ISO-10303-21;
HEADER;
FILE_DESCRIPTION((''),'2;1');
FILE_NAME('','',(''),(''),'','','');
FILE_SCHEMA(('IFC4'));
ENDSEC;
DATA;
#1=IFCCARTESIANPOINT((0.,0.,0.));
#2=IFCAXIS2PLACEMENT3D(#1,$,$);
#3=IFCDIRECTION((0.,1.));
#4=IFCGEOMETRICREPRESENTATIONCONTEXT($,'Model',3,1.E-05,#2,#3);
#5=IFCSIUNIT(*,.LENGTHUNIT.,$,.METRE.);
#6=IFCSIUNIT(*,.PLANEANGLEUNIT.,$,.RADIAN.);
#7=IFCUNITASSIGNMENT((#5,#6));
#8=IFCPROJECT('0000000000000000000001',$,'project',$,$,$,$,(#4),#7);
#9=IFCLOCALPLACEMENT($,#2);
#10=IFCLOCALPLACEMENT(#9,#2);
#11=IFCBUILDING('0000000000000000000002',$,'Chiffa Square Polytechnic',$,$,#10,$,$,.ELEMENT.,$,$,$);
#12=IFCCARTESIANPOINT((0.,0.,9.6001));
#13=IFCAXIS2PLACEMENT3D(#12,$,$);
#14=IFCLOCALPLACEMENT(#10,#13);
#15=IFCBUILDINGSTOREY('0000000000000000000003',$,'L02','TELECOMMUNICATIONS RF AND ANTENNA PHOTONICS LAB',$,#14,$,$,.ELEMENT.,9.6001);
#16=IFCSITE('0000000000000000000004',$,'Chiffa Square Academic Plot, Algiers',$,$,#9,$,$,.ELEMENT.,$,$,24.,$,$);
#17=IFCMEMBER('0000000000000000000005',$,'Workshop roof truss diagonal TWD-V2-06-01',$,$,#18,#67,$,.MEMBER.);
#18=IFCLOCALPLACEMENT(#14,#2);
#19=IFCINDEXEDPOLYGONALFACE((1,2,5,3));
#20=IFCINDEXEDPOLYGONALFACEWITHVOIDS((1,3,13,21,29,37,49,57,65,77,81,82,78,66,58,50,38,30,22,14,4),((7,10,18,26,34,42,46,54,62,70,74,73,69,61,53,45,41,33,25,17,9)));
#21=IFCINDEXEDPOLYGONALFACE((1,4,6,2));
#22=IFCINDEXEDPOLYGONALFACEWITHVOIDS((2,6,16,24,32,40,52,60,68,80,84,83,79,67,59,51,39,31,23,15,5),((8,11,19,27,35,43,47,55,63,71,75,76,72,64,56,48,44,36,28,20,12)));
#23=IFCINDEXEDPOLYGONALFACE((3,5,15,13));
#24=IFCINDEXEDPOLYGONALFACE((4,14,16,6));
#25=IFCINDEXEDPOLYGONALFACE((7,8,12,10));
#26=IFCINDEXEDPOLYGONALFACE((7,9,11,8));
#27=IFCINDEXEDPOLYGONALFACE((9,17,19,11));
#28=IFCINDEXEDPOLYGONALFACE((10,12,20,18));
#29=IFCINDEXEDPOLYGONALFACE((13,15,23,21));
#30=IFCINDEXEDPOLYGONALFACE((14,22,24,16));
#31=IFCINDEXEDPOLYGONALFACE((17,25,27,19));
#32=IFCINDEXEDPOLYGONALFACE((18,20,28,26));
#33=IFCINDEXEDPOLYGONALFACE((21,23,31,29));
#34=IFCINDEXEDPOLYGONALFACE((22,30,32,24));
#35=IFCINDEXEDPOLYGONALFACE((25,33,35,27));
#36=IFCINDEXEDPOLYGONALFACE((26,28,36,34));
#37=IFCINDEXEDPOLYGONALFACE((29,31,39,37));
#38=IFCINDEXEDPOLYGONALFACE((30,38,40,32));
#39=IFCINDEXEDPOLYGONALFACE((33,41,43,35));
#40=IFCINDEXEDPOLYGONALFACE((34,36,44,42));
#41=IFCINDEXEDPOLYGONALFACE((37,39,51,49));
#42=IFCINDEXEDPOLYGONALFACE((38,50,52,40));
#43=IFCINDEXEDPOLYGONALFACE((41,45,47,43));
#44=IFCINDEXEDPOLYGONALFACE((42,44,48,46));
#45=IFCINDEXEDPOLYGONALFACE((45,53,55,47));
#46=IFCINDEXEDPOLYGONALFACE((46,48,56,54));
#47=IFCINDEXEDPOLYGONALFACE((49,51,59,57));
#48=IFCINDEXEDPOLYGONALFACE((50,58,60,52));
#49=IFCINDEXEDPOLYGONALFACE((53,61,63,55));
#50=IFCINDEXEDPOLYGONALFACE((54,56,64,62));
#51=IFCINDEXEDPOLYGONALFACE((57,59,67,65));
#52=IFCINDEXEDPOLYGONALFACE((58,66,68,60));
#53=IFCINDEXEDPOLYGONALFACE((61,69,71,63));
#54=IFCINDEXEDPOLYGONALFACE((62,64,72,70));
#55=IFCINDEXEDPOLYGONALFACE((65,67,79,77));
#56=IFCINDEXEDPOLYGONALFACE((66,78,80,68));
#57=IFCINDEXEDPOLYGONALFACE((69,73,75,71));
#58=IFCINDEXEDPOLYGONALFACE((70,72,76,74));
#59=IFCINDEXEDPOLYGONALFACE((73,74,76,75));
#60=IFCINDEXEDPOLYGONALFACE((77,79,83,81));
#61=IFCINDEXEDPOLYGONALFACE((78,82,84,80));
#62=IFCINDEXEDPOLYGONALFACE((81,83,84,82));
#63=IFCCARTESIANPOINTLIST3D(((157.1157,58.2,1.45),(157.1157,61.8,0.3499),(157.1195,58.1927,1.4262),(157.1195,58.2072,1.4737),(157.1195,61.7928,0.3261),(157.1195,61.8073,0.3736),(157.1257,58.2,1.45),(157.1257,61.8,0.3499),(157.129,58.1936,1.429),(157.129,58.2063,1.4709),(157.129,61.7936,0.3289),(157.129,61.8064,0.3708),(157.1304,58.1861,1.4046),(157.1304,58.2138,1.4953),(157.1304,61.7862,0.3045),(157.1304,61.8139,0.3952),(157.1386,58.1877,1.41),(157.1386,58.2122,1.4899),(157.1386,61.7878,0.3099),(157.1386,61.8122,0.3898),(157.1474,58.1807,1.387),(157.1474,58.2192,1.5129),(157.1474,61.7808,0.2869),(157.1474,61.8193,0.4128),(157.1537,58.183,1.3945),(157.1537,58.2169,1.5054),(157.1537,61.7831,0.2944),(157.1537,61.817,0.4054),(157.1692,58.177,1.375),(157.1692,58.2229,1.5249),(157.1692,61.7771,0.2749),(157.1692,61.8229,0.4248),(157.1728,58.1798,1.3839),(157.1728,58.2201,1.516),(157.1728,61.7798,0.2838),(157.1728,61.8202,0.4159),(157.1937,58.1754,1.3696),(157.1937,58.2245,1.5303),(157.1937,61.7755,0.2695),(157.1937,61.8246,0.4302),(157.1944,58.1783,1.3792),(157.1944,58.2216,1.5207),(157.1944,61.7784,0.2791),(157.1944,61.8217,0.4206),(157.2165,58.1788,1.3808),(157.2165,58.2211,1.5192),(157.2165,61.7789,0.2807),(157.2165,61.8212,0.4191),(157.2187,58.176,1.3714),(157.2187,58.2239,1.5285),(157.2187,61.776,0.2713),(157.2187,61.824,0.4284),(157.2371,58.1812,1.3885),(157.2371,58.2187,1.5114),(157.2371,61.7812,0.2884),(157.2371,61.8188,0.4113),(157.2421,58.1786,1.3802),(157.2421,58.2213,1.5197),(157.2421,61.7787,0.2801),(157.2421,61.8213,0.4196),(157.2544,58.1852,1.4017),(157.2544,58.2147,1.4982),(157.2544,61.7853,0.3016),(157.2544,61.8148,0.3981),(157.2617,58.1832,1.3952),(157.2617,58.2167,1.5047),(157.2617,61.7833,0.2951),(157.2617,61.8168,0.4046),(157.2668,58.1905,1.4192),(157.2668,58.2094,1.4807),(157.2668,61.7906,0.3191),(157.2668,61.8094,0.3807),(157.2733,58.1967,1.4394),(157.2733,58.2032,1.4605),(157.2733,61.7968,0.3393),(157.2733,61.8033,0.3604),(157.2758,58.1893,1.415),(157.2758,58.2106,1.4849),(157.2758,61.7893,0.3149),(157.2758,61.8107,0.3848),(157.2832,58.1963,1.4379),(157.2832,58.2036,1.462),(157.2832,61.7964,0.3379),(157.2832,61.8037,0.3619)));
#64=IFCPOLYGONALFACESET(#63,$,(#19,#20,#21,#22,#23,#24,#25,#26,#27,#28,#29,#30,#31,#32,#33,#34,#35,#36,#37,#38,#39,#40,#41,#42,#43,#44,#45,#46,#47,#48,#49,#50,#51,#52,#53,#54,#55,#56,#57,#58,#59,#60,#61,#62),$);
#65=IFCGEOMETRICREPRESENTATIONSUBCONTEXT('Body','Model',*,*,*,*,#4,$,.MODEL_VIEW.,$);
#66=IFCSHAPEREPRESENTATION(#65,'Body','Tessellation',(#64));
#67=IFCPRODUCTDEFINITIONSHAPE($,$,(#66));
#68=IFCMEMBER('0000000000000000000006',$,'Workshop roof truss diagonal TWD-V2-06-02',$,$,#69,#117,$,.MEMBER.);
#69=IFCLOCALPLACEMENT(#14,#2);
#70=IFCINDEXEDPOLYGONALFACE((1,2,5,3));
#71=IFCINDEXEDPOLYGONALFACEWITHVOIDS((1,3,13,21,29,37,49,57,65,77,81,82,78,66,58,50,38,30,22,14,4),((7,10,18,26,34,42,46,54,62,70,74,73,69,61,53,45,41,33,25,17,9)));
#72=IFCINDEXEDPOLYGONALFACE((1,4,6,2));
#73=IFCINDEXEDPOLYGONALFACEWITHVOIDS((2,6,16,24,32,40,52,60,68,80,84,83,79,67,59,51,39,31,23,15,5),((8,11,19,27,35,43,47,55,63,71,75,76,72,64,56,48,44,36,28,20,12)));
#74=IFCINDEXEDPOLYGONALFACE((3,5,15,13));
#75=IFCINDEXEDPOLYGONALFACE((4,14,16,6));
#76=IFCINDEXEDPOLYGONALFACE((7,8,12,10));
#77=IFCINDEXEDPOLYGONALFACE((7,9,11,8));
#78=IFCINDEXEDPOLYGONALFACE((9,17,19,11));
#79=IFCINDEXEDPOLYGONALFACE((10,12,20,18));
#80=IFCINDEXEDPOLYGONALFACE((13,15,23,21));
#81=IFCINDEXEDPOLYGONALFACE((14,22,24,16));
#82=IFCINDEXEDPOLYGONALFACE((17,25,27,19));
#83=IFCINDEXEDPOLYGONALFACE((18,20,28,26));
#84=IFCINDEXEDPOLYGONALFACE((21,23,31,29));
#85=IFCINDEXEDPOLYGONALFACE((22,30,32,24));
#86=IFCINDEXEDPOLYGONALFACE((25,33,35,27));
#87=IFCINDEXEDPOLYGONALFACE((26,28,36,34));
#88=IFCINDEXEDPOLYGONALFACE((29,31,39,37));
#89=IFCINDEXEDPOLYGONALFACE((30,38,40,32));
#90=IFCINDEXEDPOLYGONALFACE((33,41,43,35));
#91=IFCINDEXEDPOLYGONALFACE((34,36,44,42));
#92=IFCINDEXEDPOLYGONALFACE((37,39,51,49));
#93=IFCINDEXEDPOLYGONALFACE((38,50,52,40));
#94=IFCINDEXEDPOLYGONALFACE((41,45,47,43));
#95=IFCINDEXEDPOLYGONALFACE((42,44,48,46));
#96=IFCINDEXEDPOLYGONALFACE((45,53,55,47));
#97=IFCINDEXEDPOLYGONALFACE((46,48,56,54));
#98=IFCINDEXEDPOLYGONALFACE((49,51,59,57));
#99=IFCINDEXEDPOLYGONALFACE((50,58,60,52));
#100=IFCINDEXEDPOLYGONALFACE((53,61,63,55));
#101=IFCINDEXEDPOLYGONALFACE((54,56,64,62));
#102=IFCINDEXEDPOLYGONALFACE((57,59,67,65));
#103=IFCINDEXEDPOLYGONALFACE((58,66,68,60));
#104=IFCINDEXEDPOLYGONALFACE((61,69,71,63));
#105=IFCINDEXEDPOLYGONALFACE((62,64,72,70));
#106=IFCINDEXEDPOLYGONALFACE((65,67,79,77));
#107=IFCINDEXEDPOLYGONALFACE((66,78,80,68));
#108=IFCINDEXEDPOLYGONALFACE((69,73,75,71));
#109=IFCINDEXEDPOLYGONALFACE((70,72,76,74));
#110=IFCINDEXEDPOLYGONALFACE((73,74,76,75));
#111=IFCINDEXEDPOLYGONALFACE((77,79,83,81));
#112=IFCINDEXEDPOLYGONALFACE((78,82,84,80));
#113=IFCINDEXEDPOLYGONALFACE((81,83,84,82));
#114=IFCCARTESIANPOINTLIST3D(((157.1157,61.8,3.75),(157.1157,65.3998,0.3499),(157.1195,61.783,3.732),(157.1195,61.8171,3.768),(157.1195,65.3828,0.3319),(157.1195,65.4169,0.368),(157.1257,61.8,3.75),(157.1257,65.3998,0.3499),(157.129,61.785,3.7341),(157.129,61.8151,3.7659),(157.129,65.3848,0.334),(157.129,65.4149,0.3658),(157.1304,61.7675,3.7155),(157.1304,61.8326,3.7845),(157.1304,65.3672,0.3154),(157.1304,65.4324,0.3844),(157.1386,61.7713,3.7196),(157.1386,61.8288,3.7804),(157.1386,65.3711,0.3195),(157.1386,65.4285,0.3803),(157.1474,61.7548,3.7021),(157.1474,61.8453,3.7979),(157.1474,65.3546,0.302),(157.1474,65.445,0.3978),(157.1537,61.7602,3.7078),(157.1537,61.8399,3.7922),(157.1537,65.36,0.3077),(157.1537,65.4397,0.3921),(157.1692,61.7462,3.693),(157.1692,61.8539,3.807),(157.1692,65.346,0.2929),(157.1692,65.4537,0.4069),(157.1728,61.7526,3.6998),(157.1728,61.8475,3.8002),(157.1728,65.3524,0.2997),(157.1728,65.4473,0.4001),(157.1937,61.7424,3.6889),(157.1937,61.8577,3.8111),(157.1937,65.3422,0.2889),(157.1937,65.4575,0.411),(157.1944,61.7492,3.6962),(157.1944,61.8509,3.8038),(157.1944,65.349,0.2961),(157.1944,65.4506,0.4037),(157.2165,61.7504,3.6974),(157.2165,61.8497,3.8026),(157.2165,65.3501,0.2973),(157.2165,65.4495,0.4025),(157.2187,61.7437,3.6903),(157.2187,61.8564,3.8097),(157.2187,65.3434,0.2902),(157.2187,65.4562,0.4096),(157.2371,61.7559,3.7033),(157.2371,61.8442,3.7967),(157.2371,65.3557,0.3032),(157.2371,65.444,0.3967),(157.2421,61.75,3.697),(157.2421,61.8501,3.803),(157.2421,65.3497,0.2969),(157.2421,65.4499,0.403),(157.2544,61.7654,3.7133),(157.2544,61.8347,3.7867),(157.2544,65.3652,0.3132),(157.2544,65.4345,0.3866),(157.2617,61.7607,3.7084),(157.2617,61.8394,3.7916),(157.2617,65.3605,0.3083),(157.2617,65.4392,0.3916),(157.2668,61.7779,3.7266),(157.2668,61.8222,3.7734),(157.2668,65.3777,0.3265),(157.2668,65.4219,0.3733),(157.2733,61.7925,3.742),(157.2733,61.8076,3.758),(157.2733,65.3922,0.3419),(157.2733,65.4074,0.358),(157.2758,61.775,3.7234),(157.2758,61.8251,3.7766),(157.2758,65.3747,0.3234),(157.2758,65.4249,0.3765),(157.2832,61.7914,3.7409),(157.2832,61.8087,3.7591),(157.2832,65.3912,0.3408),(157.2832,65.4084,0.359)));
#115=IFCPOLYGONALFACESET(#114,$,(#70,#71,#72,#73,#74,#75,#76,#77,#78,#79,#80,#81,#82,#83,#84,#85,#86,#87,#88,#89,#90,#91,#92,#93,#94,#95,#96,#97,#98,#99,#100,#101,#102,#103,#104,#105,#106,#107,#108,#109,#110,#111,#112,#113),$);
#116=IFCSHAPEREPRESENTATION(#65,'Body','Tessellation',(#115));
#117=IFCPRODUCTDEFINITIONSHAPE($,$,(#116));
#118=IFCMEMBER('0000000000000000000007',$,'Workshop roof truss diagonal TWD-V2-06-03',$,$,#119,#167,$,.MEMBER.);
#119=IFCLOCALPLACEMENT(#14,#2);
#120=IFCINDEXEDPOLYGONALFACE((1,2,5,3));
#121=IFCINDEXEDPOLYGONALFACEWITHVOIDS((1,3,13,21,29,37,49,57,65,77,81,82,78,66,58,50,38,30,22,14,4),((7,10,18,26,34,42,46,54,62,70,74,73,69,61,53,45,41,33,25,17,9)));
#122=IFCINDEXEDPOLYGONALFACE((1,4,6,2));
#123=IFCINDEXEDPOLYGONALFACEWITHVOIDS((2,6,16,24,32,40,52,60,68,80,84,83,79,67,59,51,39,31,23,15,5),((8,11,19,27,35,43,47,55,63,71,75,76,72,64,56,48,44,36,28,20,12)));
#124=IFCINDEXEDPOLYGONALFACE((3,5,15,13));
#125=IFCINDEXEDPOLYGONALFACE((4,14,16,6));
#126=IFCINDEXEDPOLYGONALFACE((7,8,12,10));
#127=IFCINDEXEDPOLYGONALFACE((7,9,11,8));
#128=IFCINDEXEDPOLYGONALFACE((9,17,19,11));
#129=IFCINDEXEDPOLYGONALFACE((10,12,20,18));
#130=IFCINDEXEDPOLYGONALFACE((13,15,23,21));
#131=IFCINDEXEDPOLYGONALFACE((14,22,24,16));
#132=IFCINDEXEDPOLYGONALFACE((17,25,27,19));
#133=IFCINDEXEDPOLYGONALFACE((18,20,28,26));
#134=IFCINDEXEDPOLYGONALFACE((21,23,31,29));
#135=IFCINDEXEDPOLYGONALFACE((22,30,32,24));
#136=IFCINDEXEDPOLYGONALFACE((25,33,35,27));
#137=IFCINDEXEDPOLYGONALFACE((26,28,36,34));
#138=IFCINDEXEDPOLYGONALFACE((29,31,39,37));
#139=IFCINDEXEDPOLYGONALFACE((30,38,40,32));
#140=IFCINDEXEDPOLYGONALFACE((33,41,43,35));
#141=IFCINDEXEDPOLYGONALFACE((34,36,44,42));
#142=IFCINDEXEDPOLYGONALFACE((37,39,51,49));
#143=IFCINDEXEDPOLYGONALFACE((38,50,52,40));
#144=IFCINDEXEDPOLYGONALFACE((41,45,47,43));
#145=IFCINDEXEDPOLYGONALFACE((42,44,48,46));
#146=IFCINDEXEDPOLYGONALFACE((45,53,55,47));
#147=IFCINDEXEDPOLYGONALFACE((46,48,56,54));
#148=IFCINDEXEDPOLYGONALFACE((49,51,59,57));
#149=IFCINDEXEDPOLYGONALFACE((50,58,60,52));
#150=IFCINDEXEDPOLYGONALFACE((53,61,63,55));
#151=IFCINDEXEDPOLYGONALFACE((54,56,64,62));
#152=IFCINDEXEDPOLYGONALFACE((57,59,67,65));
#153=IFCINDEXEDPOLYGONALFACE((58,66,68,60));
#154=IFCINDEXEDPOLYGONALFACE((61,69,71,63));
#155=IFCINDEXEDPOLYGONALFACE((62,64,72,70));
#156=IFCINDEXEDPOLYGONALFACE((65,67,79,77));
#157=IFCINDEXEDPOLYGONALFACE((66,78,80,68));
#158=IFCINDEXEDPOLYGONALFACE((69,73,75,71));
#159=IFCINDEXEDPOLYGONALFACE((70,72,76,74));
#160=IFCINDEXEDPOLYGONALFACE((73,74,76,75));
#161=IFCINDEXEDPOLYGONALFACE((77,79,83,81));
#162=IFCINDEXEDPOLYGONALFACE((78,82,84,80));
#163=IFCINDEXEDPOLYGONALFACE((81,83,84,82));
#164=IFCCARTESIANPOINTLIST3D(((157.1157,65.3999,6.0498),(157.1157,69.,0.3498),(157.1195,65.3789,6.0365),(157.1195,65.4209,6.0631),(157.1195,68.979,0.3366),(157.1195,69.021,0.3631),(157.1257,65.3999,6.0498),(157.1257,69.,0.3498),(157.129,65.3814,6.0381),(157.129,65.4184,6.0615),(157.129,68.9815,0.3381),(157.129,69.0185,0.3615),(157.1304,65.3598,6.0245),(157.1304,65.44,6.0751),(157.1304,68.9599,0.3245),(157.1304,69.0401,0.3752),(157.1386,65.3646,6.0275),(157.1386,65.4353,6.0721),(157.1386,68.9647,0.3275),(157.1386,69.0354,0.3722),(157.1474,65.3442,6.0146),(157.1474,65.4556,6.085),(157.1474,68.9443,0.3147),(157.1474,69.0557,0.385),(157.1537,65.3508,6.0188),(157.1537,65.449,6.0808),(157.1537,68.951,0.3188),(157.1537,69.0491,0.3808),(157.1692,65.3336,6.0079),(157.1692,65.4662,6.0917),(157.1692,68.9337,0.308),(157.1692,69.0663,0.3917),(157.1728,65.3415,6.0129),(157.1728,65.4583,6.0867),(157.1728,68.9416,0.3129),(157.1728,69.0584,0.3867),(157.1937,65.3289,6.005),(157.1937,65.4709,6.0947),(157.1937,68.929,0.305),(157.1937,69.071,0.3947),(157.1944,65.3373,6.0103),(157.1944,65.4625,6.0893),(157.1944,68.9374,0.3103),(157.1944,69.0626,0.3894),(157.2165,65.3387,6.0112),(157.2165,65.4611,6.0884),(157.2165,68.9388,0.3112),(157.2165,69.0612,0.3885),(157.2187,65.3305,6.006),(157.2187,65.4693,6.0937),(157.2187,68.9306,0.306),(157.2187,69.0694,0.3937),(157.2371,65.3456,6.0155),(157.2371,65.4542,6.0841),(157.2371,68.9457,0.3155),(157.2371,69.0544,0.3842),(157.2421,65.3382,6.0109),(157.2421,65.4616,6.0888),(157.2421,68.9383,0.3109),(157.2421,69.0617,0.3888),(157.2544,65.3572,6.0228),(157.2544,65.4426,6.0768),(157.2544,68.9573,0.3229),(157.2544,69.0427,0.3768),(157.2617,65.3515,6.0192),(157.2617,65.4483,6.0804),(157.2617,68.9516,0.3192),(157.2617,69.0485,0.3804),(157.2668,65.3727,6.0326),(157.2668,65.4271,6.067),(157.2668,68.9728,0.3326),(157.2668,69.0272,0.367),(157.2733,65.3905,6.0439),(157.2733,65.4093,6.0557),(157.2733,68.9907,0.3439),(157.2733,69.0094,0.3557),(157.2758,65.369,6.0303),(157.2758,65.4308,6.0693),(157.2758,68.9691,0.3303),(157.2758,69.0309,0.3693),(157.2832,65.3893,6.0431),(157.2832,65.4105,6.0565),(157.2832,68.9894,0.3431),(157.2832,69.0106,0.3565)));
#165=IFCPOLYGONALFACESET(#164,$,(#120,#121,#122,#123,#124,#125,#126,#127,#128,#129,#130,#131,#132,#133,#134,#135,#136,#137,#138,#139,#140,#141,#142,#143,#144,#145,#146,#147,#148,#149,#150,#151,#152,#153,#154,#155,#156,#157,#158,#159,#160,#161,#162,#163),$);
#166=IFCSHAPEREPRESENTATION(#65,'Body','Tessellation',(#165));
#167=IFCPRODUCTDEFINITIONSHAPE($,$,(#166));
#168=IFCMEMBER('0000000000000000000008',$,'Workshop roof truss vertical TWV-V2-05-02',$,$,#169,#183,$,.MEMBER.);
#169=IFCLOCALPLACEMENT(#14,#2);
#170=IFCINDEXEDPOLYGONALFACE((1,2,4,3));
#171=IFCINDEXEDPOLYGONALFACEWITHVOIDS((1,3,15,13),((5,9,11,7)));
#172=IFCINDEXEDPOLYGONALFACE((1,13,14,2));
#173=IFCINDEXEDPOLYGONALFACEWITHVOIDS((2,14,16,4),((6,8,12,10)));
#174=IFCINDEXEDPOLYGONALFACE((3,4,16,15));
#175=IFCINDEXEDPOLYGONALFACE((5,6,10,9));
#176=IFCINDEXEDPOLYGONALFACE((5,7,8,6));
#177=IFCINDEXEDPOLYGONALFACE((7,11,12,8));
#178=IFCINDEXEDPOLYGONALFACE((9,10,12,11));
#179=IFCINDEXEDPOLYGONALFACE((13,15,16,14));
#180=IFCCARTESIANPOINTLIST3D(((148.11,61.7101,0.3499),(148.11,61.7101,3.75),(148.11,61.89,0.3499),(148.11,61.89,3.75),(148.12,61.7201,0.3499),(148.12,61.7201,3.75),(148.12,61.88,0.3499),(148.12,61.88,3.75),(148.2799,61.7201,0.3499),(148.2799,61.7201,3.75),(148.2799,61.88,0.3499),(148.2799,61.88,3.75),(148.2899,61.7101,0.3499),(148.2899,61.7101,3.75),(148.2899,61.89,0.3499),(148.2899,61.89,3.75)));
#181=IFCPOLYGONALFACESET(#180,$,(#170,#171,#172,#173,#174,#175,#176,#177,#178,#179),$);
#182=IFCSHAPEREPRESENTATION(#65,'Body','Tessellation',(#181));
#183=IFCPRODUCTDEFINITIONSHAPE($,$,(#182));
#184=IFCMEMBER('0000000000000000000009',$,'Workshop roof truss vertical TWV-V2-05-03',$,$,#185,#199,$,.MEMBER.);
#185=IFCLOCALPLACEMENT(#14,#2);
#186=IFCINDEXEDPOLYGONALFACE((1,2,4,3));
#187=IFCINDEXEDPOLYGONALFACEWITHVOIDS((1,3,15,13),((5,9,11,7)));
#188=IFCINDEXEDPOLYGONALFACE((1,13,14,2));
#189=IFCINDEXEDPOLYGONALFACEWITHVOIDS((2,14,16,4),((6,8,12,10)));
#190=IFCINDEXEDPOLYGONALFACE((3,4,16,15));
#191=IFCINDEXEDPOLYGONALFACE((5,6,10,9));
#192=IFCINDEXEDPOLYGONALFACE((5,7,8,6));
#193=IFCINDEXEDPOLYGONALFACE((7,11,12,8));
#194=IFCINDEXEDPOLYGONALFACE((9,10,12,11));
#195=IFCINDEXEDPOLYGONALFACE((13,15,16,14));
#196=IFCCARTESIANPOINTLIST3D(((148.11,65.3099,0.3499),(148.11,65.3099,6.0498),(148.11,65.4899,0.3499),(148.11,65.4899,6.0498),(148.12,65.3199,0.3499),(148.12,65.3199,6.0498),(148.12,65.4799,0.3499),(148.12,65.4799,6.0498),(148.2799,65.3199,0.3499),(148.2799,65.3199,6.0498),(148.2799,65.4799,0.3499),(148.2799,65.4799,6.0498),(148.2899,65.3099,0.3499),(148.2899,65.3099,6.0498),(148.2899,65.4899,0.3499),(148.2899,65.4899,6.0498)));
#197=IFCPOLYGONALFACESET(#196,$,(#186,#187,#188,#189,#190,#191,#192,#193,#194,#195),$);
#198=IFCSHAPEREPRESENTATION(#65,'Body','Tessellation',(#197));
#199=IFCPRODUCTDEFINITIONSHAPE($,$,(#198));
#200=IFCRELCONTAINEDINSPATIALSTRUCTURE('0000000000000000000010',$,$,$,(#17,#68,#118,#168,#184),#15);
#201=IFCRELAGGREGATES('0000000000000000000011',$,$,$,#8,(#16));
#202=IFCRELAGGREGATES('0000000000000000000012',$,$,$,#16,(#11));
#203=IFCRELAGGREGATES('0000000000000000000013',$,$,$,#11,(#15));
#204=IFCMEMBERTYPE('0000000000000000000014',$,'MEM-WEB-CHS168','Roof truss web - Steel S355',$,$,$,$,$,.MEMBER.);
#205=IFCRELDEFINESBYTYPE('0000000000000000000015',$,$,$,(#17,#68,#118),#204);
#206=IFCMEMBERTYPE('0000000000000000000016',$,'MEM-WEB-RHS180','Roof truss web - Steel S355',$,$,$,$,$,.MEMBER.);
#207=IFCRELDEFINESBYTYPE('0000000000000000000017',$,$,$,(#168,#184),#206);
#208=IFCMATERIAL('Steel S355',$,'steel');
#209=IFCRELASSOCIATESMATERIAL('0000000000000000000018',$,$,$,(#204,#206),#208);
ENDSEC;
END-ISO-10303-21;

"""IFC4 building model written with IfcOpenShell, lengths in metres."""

from ifc_helpers import new_model, si_unit, direction, frame, origin, origin_2d, place, context, subcontext, project, spatial, hollow_rectangle, hollow_circle, extrude, material, material_profile, profile_set, type_object, element, save


model = new_model("IFC4")

# Units and contexts
model_context = context("Model", 3, precision=1e-05, world=origin(), true_north=direction((0.0, 1.0)))
body_context = subcontext(model_context, "Body", "Model", "MODEL_VIEW")
ifc_project = project(units=[si_unit("LENGTHUNIT", "METRE"), si_unit("PLANEANGLEUNIT", "RADIAN")], contexts=[model_context])

# Site, building, storey
site_placement = place(None, origin())
site = spatial("IfcSite", under=ifc_project, at=site_placement, Name="Chiffa Square Academic Plot, Algiers", CompositionType="ELEMENT", RefElevation=24.0)
building_placement = place(site_placement, origin())
building = spatial("IfcBuilding", under=site, at=building_placement, Name="Chiffa Square Polytechnic", CompositionType="ELEMENT")
storey_placement = place(building_placement, frame((0.0, 0.0, 9.6001)))
storey = spatial("IfcBuildingStorey", under=building, at=storey_placement, Name="L02", Description="TELECOMMUNICATIONS RF AND ANTENNA PHOTONICS LAB", CompositionType="ELEMENT", Elevation=9.6001)

# Shared definitions
ifc_material = material(Name="Steel S355", Category="steel")

# Members
ifc_material_profile_1 = material_profile(ifc_material, hollow_circle(Radius=0.0842, WallThickness=0.01, at=origin_2d()), Name="CHS 168.3x10")
ifc_profile_set_1 = profile_set([ifc_material_profile_1], Name="Steel S355")
member_type_1 = type_object("IfcMemberType", Name="MEM-WEB-CHS168", Description="Roof truss web - Steel S355", PredefinedType="MEMBER", material=ifc_profile_set_1)
member_1_placement = place(storey_placement, frame((157.2, 58.2, 1.45), z_axis=(0.0, 0.956347, -0.292235), x_axis=(-1.0, 0.0, 0.0)))
element("IfcMember", 1, at=member_1_placement, inside=storey, type_object=member_type_1, Name="Workshop roof truss diagonal TWD-V2-06-01", PredefinedType="MEMBER", context=body_context, shape_type="SweptSolid", body=[
    extrude(hollow_circle(Radius=0.0842, WallThickness=0.01, at=origin_2d()), origin(), (0.0, 0.0, 1.0), 3.7644),
])
member_2_placement = place(storey_placement, frame((157.2, 61.8, 3.75), z_axis=(0.0, 0.726984, -0.686654), x_axis=(-1.0, 0.0, 0.0)))
element("IfcMember", 2, at=member_2_placement, inside=storey, type_object=member_type_1, Name="Workshop roof truss diagonal TWD-V2-06-02", PredefinedType="MEMBER", context=body_context, shape_type="SweptSolid", body=[
    extrude(hollow_circle(Radius=0.0842, WallThickness=0.01, at=origin_2d()), origin(), (0.0, 0.0, 1.0), 4.9517),
])
member_3_placement = place(storey_placement, frame((157.2, 65.3999, 6.0498), z_axis=(0.0, 0.534007, -0.84548), x_axis=(-1.0, 0.0, 0.0)))
element("IfcMember", 3, at=member_3_placement, inside=storey, type_object=member_type_1, Name="Workshop roof truss diagonal TWD-V2-06-03", PredefinedType="MEMBER", context=body_context, shape_type="SweptSolid", body=[
    extrude(hollow_circle(Radius=0.0842, WallThickness=0.01, at=origin_2d()), origin(), (0.0, 0.0, 1.0), 6.7417),
])
ifc_material_profile_2 = material_profile(ifc_material, hollow_rectangle(XDim=0.1799, YDim=0.1799, WallThickness=0.01, at=origin_2d()), Name="RHS 180x180x10")
ifc_profile_set_2 = profile_set([ifc_material_profile_2], Name="Steel S355")
member_type_2 = type_object("IfcMemberType", Name="MEM-WEB-RHS180", Description="Roof truss web - Steel S355", PredefinedType="MEMBER", material=ifc_profile_set_2)
member_4_placement = place(storey_placement, frame((148.2, 61.8, 0.3499), z_axis=(0.0, 0.0, 1.0), x_axis=(1.0, 0.0, 0.0)))
element("IfcMember", 4, at=member_4_placement, inside=storey, type_object=member_type_2, Name="Workshop roof truss vertical TWV-V2-05-02", PredefinedType="MEMBER", context=body_context, shape_type="SweptSolid", body=[
    extrude(hollow_rectangle(XDim=0.1799, YDim=0.1799, WallThickness=0.01, at=origin_2d()), origin(), (0.0, 0.0, 1.0), 3.4001),
])
member_5_placement = place(storey_placement, frame((148.2, 65.3999, 0.3499), z_axis=(0.0, 0.0, 1.0), x_axis=(1.0, 0.0, 0.0)))
element("IfcMember", 5, at=member_5_placement, inside=storey, type_object=member_type_2, Name="Workshop roof truss vertical TWV-V2-05-03", PredefinedType="MEMBER", context=body_context, shape_type="SweptSolid", body=[
    extrude(hollow_rectangle(XDim=0.1799, YDim=0.1799, WallThickness=0.01, at=origin_2d()), origin(), (0.0, 0.0, 1.0), 5.7),
])

save(model, "model.ifc")
